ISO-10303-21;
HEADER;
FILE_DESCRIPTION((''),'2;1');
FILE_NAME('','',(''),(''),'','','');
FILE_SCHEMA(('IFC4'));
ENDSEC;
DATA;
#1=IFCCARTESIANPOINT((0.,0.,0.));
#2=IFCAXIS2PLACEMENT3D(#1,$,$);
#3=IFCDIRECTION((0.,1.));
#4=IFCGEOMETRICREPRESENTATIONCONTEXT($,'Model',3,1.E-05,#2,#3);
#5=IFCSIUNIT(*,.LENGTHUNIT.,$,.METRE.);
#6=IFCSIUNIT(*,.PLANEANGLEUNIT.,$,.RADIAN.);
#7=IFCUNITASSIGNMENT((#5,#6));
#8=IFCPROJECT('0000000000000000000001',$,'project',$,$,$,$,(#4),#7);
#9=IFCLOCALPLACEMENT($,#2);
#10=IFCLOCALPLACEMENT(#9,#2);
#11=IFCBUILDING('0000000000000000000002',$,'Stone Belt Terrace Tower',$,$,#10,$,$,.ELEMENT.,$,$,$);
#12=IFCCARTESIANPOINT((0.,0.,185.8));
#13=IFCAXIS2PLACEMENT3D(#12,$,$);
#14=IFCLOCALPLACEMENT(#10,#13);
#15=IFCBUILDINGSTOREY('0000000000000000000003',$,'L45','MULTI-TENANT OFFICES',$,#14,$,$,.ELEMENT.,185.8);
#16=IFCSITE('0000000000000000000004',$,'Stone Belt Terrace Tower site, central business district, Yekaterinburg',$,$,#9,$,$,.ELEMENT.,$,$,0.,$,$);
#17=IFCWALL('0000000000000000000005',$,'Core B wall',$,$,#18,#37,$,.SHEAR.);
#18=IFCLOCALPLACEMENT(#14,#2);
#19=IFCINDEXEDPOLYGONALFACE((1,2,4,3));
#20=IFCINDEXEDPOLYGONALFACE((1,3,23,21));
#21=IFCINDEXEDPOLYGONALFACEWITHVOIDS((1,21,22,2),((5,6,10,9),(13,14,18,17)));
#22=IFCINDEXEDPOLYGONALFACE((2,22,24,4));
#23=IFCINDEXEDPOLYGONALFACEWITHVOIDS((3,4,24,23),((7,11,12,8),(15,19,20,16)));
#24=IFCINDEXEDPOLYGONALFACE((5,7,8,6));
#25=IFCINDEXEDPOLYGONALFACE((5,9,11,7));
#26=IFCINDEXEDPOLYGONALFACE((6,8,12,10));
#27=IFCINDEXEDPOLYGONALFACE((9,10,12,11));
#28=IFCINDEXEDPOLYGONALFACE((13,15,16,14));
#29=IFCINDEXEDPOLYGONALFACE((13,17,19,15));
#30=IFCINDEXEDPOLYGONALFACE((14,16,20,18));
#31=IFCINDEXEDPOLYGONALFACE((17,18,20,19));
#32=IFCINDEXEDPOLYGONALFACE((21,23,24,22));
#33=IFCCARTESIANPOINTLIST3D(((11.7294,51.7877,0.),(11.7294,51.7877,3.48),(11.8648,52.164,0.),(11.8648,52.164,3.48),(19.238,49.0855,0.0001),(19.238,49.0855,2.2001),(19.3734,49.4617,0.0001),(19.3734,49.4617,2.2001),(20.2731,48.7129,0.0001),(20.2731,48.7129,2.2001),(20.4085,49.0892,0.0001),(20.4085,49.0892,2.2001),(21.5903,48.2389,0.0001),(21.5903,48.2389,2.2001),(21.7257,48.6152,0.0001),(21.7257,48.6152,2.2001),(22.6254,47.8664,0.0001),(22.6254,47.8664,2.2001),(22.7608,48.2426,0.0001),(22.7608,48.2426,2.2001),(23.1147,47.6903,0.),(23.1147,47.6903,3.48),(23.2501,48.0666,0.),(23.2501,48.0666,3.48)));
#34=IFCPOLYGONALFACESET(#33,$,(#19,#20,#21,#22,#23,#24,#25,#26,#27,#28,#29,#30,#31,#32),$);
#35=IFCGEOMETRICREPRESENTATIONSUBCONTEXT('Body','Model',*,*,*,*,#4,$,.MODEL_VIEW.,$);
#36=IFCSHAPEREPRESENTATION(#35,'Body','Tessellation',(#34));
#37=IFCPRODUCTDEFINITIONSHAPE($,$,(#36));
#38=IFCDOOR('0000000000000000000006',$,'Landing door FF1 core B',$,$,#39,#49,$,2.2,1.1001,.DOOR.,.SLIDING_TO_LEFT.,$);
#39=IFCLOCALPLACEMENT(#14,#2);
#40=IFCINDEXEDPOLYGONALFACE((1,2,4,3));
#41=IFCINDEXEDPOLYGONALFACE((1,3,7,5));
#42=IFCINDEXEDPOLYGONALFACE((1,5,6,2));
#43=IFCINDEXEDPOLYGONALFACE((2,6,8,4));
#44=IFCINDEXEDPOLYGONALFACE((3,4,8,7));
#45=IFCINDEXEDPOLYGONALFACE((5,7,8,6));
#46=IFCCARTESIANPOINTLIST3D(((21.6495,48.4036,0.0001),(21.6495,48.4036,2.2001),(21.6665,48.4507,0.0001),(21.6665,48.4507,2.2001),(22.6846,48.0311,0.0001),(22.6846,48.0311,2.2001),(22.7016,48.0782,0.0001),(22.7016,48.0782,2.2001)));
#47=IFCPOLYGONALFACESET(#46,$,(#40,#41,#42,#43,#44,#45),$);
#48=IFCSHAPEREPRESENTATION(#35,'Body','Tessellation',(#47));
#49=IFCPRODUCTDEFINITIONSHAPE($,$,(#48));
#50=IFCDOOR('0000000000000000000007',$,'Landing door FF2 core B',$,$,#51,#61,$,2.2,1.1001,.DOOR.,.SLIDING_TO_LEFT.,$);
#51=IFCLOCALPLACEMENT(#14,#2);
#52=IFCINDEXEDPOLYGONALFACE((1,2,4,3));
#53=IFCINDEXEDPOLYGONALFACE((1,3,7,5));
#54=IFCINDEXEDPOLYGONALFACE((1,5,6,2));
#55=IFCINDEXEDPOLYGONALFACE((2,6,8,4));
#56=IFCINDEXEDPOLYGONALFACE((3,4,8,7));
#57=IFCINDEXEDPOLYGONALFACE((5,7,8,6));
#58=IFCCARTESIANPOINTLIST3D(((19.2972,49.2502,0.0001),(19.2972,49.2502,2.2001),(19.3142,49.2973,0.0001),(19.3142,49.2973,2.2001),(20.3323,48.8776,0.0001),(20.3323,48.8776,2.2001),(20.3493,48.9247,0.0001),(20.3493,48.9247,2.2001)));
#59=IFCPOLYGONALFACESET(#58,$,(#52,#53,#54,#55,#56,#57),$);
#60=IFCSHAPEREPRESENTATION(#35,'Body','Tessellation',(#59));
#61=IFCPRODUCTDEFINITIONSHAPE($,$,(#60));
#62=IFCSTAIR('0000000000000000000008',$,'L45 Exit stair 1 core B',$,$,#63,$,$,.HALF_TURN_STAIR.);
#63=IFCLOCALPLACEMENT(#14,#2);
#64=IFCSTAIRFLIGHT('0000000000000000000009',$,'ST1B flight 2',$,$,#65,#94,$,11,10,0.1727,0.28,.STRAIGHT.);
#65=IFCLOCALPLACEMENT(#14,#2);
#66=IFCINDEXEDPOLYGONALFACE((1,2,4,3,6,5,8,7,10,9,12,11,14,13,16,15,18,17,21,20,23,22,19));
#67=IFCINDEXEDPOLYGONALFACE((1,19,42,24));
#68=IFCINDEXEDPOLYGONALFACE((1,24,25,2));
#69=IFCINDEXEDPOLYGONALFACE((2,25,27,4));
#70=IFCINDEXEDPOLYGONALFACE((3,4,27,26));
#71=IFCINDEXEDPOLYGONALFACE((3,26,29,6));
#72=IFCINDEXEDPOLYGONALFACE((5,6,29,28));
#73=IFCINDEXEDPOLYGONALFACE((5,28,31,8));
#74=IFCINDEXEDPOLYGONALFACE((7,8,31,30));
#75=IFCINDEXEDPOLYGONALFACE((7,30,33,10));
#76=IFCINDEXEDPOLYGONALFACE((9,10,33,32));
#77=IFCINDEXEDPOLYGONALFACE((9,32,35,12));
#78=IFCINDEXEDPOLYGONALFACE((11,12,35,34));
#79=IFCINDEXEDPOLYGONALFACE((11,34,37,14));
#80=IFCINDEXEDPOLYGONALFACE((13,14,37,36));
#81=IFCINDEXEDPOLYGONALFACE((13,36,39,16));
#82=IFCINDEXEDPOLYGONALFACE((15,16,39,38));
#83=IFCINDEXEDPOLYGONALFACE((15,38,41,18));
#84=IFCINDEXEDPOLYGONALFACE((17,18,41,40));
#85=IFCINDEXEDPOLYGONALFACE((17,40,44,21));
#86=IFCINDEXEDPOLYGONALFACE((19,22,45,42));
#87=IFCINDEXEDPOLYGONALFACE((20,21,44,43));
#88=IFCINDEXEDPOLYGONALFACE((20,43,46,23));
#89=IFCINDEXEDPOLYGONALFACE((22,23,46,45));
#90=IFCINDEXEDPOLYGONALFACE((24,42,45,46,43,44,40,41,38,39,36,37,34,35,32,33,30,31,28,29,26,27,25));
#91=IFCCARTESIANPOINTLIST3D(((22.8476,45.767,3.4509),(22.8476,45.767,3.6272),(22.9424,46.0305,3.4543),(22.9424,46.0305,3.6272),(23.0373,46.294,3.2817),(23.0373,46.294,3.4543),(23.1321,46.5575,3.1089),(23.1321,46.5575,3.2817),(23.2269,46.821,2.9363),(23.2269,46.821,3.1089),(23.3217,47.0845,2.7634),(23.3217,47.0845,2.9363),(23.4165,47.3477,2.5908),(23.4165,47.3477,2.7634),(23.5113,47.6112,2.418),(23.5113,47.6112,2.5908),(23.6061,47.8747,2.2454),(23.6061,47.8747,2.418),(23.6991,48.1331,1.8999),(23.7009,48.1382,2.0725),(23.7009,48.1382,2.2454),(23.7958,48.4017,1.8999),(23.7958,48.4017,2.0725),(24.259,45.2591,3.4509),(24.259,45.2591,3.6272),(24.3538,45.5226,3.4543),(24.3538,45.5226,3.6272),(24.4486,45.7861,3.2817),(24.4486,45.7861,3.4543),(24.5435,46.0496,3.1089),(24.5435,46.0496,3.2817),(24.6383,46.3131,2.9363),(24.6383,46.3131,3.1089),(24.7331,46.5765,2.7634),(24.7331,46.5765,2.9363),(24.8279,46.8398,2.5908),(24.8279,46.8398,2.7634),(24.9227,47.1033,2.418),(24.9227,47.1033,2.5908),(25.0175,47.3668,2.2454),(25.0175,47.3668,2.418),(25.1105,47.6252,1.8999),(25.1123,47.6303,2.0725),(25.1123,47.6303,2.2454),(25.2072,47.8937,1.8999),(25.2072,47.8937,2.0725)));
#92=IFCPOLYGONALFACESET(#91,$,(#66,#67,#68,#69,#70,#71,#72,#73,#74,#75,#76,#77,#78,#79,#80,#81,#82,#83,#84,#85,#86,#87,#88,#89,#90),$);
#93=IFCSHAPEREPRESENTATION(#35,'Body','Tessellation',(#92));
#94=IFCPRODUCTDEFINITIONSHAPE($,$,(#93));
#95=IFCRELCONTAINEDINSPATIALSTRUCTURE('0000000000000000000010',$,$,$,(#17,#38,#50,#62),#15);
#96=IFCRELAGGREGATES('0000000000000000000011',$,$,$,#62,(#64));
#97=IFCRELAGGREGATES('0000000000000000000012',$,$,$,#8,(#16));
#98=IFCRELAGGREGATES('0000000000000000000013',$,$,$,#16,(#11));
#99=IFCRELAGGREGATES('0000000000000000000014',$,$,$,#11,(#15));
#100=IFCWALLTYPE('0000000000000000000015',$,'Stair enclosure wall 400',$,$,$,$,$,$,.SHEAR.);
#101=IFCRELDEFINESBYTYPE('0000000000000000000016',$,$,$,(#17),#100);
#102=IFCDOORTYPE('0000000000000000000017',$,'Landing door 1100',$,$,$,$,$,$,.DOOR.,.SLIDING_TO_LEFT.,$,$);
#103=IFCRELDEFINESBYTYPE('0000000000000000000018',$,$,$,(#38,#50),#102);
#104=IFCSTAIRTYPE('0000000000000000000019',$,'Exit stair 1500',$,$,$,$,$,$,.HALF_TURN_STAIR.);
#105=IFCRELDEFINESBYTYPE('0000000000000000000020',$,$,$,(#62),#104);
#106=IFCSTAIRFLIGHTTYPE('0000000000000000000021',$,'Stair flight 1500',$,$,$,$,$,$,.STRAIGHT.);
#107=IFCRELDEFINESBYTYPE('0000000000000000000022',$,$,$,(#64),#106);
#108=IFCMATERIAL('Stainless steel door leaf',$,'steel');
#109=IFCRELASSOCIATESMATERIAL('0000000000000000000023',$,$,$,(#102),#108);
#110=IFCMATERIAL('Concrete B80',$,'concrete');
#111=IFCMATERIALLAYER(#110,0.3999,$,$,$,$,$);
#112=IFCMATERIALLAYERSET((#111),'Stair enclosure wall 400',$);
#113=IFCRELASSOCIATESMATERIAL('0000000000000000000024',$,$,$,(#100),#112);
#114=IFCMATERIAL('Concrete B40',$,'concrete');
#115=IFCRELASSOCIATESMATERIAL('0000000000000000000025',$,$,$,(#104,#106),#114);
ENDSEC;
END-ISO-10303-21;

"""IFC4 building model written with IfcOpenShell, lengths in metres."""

from ifc_helpers import new_model, si_unit, direction, frame, frame_2d, origin, place, context, subcontext, project, spatial, polyline, rectangle, outline, extrude, material, layer, layer_set, type_object, element, fill, aggregate, save


model = new_model("IFC4")

# Units and contexts
model_context = context("Model", 3, precision=1e-05, world=origin(), true_north=direction((0.0, 1.0)))
body_context = subcontext(model_context, "Body", "Model", "MODEL_VIEW")
ifc_project = project(units=[si_unit("LENGTHUNIT", "METRE"), si_unit("PLANEANGLEUNIT", "RADIAN")], contexts=[model_context])

# Site, building, storey
site_placement = place(None, origin())
site = spatial("IfcSite", under=ifc_project, at=site_placement, Name="Stone Belt Terrace Tower site, central business district, Yekaterinburg", CompositionType="ELEMENT", RefElevation=0.0)
building_placement = place(site_placement, origin())
building = spatial("IfcBuilding", under=site, at=building_placement, Name="Stone Belt Terrace Tower", CompositionType="ELEMENT")
storey_placement = place(building_placement, frame((0.0, 0.0, 185.8)))
storey = spatial("IfcBuildingStorey", under=building, at=storey_placement, Name="L45", Description="MULTI-TENANT OFFICES", CompositionType="ELEMENT", Elevation=185.8)

# Shared definitions
ifc_material_1 = material(Name="Concrete B80", Category="concrete")

# Shared definitions
ifc_material_2 = material(Name="Stainless steel door leaf", Category="steel")
door_type_1 = type_object("IfcDoorType", Name="Landing door 1100", OperationType="SLIDING_TO_LEFT", PredefinedType="DOOR", material=ifc_material_2)

# Wall, openings, doors
ifc_layer_1 = layer(ifc_material_1, 0.3999)
ifc_layer_set_1 = layer_set([ifc_layer_1], Name="Stair enclosure wall 400")
wall_type_1 = type_object("IfcWallType", Name="Stair enclosure wall 400", PredefinedType="SHEAR", material=ifc_layer_set_1)
wall_1_placement = place(storey_placement, frame((23.1824, 47.8784, 0.0), z_axis=(0.0, 0.0, 1.0), x_axis=(-0.940921, 0.338626, 0.0)))
wall_1 = element("IfcWall", 1, at=wall_1_placement, inside=storey, type_object=wall_type_1, Name="Core B wall", PredefinedType="SHEAR", context=body_context, shape_type="SweptSolid", body=[
    extrude(rectangle(XDim=12.1001, YDim=0.3999, at=frame_2d((6.05, 0.0))), origin(), (0.0, 0.0, 1.0), 3.48),
])
opening_1_placement = place(wall_1_placement, frame((0.52, 0.0, 0.0)))
opening_1 = element("IfcOpeningElement", 2, at=opening_1_placement, cuts=wall_1, PredefinedType="OPENING", context=body_context, shape_type="SweptSolid", body=[
    extrude(rectangle(XDim=1.1001, YDim=2.2, at=frame_2d((0.55, 1.1001))), frame((0.0, 0.21, 0.0), z_axis=(0.0, -1.0, 0.0), x_axis=(1.0, 0.0, 0.0)), (0.0, 0.0, 1.0), 0.4199),
])
opening_2_placement = place(wall_1_placement, frame((3.02, 0.0, 0.0)))
opening_2 = element("IfcOpeningElement", 3, at=opening_2_placement, cuts=wall_1, PredefinedType="OPENING", context=body_context, shape_type="SweptSolid", body=[
    extrude(rectangle(XDim=1.1001, YDim=2.2, at=frame_2d((0.55, 1.1001))), frame((0.0, 0.21, 0.0), z_axis=(0.0, -1.0, 0.0), x_axis=(1.0, 0.0, 0.0)), (0.0, 0.0, 1.0), 0.4199),
])
door_1_placement = place(opening_1_placement, origin())
door_1 = element("IfcDoor", 4, at=door_1_placement, inside=storey, type_object=door_type_1, Name="Landing door FF1 core B", OperationType="SLIDING_TO_LEFT", OverallHeight=2.2, OverallWidth=1.1001, PredefinedType="DOOR", context=body_context, shape_type="SweptSolid", body=[
    extrude(rectangle(XDim=1.1001, YDim=2.2, at=frame_2d((0.55, 1.1001))), frame((0.0, 0.0249, 0.0), z_axis=(0.0, -1.0, 0.0), x_axis=(1.0, 0.0, 0.0)), (0.0, 0.0, 1.0), 0.05),
])
fill(opening_1, door_1)
door_2_placement = place(opening_2_placement, origin())
door_2 = element("IfcDoor", 5, at=door_2_placement, inside=storey, type_object=door_type_1, Name="Landing door FF2 core B", OperationType="SLIDING_TO_LEFT", OverallHeight=2.2, OverallWidth=1.1001, PredefinedType="DOOR", context=body_context, shape_type="SweptSolid", body=[
    extrude(rectangle(XDim=1.1001, YDim=2.2, at=frame_2d((0.55, 1.1001))), frame((0.0, 0.0249, 0.0), z_axis=(0.0, -1.0, 0.0), x_axis=(1.0, 0.0, 0.0)), (0.0, 0.0, 1.0), 0.05),
])
fill(opening_2, door_2)

# Stair, stair flight
ifc_material_3 = material(Name="Concrete B40", Category="concrete")
stair_type = type_object("IfcStairType", Name="Exit stair 1500", PredefinedType="HALF_TURN_STAIR", material=ifc_material_3)
stair_placement = place(storey_placement, origin())
stair = element("IfcStair", 6, at=stair_placement, inside=storey, type_object=stair_type, Name="L45 Exit stair 1 core B", PredefinedType="HALF_TURN_STAIR")
stair_flight_type = type_object("IfcStairFlightType", Name="Stair flight 1500", PredefinedType="STRAIGHT", material=ifc_material_3)
stair_flight_placement = place(storey_placement, frame((24.5015, 48.1477, 1.8999), z_axis=(0.0, 0.0, 1.0), x_axis=(-0.338624, -0.940922, 0.0)))
stair_flight = element("IfcStairFlight", 7, at=stair_flight_placement, type_object=stair_flight_type, Name="ST1B flight 2", NumberOfRisers=11, NumberOfTreads=10, PredefinedType="STRAIGHT", RiserHeight=0.1727, TreadLength=0.28, context=body_context, shape_type="SweptSolid", body=[
    extrude(outline(polyline([(0.0, 0.0), (0.0, 0.1726), (0.28, 0.1726), (0.28, 0.3455), (0.5601, 0.3455), (0.5601, 0.5181), (0.8401, 0.5181), (0.8401, 0.6909), (1.1201, 0.6909), (1.1201, 0.8635), (1.3999, 0.8635), (1.3999, 1.0364), (1.6799, 1.0364), (1.6799, 1.209), (1.96, 1.209), (1.96, 1.3818), (2.24, 1.3818), (2.24, 1.5544), (2.52, 1.5544), (2.52, 1.7273), (2.8, 1.7273), (2.8, 1.8999), (2.8, 1.551), (0.2854, 0.0), (0.0, 0.0)])), frame((0.0, 0.75, 0.0), z_axis=(0.0, -1.0, 0.0), x_axis=(1.0, 0.0, 0.0)), (0.0, 0.0, 1.0), 1.5),
])
aggregate(stair, [stair_flight])

save(model, "model.ifc")
